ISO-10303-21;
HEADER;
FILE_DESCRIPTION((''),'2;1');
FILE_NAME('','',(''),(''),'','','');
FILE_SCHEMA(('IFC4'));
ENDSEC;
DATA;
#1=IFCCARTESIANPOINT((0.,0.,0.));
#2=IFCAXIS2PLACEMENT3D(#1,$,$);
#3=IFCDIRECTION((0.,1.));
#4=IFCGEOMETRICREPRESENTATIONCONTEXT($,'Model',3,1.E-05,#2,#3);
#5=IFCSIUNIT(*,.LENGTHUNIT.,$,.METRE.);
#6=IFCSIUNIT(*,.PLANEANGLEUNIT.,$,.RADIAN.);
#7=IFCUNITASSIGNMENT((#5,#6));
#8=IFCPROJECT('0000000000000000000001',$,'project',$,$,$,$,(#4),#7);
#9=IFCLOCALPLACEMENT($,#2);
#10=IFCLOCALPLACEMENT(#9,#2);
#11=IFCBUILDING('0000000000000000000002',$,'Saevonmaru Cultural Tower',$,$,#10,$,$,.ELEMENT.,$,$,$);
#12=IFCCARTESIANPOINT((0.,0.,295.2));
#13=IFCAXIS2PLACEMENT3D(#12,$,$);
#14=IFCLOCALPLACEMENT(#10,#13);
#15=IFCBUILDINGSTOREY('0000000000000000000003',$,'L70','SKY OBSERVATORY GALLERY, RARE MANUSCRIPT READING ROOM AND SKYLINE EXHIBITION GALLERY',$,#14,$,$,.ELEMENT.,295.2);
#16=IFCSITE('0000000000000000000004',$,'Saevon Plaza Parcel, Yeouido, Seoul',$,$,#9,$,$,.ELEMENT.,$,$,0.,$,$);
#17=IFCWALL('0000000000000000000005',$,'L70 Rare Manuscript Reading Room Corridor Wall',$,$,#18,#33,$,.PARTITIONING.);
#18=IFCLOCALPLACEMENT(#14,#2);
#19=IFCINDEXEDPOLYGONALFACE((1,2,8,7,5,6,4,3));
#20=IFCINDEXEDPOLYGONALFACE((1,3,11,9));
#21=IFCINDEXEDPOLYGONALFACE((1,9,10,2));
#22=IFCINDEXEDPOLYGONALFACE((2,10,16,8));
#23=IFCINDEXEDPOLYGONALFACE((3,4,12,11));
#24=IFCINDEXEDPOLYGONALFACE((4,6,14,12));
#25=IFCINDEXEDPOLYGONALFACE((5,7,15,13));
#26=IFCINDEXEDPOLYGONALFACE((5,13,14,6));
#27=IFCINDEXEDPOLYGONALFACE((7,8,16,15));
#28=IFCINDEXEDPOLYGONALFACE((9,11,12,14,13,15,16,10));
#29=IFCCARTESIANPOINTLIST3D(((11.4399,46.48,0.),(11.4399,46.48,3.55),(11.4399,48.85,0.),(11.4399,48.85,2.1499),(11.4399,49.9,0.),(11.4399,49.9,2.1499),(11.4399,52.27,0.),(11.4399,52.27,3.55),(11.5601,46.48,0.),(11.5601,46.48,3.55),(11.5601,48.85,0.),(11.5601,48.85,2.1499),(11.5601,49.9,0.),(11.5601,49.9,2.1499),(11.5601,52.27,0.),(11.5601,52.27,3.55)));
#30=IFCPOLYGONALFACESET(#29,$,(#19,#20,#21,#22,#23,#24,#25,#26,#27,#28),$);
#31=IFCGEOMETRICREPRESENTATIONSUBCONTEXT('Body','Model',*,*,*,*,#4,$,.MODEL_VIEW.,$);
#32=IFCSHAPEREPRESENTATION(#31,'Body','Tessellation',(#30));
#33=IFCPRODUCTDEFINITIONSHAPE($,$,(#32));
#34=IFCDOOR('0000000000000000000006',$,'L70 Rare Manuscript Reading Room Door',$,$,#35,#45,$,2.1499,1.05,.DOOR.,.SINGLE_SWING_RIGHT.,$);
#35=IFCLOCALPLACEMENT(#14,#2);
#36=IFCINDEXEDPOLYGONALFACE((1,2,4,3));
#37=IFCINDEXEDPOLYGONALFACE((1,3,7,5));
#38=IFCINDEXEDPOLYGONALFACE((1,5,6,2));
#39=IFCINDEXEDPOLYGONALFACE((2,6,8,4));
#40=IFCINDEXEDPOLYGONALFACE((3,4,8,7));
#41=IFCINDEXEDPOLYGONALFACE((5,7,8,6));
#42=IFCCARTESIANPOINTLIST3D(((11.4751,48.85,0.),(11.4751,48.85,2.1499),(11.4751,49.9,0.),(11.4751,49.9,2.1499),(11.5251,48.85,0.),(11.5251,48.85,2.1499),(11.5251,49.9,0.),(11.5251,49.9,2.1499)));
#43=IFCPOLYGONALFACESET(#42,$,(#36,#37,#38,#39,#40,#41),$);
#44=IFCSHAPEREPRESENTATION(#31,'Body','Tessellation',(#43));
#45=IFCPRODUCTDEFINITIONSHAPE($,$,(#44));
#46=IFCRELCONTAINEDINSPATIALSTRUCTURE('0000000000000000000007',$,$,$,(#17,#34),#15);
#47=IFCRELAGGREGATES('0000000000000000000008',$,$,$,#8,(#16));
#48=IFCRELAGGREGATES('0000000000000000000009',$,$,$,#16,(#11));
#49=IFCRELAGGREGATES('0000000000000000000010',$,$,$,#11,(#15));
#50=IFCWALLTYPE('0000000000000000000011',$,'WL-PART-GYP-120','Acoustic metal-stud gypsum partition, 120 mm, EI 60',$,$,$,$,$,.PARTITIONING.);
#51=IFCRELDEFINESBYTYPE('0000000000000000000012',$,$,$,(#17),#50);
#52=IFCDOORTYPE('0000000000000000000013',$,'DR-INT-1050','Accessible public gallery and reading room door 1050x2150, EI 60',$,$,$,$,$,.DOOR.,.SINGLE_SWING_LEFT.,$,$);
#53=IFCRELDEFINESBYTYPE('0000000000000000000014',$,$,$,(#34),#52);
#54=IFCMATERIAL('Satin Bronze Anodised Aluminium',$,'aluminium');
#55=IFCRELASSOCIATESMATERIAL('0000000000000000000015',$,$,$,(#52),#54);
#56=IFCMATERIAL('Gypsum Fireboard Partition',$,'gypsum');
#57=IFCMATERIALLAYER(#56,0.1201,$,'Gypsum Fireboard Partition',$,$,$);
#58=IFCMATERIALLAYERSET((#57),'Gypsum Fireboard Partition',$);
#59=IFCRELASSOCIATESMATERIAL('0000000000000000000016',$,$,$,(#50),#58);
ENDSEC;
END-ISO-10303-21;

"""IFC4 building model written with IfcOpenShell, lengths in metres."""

from ifc_helpers import new_model, si_unit, direction, frame, frame_2d, origin, place, context, subcontext, project, spatial, rectangle, extrude, material, layer, layer_set, type_object, element, fill, save


model = new_model("IFC4")

# Units and contexts
model_context = context("Model", 3, precision=1e-05, world=origin(), true_north=direction((0.0, 1.0)))
body_context = subcontext(model_context, "Body", "Model", "MODEL_VIEW")
ifc_project = project(units=[si_unit("LENGTHUNIT", "METRE"), si_unit("PLANEANGLEUNIT", "RADIAN")], contexts=[model_context])

# Site, building, storey
site_placement = place(None, origin())
site = spatial("IfcSite", under=ifc_project, at=site_placement, Name="Saevon Plaza Parcel, Yeouido, Seoul", CompositionType="ELEMENT", RefElevation=0.0)
building_placement = place(site_placement, origin())
building = spatial("IfcBuilding", under=site, at=building_placement, Name="Saevonmaru Cultural Tower", CompositionType="ELEMENT")
storey_placement = place(building_placement, frame((0.0, 0.0, 295.2)))
storey = spatial("IfcBuildingStorey", under=building, at=storey_placement, Name="L70", Description="SKY OBSERVATORY GALLERY, RARE MANUSCRIPT READING ROOM AND SKYLINE EXHIBITION GALLERY", CompositionType="ELEMENT", Elevation=295.2)

# Shared definitions
ifc_material_1 = material(Name="Satin Bronze Anodised Aluminium", Category="aluminium")

# Shared definitions
ifc_material_2 = material(Name="Gypsum Fireboard Partition", Category="gypsum")
door_type = type_object("IfcDoorType", Name="DR-INT-1050", Description="Accessible public gallery and reading room door 1050x2150, EI 60", OperationType="SINGLE_SWING_LEFT", PredefinedType="DOOR", material=ifc_material_1)

# Shared definitions
ifc_layer_1 = layer(ifc_material_2, 0.1201, Name="Gypsum Fireboard Partition")
ifc_layer_set_1 = layer_set([ifc_layer_1], Name="Gypsum Fireboard Partition")
wall_type_1 = type_object("IfcWallType", Name="WL-PART-GYP-120", Description="Acoustic metal-stud gypsum partition, 120 mm, EI 60", PredefinedType="PARTITIONING", material=ifc_layer_set_1)

# Wall, opening, door
wall_1_placement = place(storey_placement, frame((11.5, 46.48, 0.0), z_axis=(0.0, 0.0, 1.0), x_axis=(0.0, 1.0, 0.0)))
wall_1 = element("IfcWall", 1, at=wall_1_placement, inside=storey, type_object=wall_type_1, Name="L70 Rare Manuscript Reading Room Corridor Wall", PredefinedType="PARTITIONING", context=body_context, shape_type="SweptSolid", body=[
    extrude(rectangle(XDim=5.79, YDim=0.1201, at=frame_2d((2.895, 0.0))), origin(), (0.0, 0.0, 1.0), 3.55),
])
opening_1_placement = place(wall_1_placement, frame((2.3701, 0.0, 0.0)))
opening_1 = element("IfcOpeningElement", 2, at=opening_1_placement, cuts=wall_1, PredefinedType="OPENING", context=body_context, shape_type="SweptSolid", body=[
    extrude(rectangle(XDim=1.05, YDim=2.1499, at=frame_2d((0.5249, 1.075))), frame((0.0, 0.0701, 0.0), z_axis=(0.0, -1.0, 0.0), x_axis=(1.0, 0.0, 0.0)), (0.0, 0.0, 1.0), 0.1401),
])
door_1_placement = place(opening_1_placement, origin())
door_1 = element("IfcDoor", 3, at=door_1_placement, inside=storey, type_object=door_type, Name="L70 Rare Manuscript Reading Room Door", OperationType="SINGLE_SWING_RIGHT", OverallHeight=2.1499, OverallWidth=1.05, PredefinedType="DOOR", context=body_context, shape_type="SweptSolid", body=[
    extrude(rectangle(XDim=1.05, YDim=2.1499, at=frame_2d((0.5249, 1.075))), frame((0.0, 0.0249, 0.0), z_axis=(0.0, -1.0, 0.0), x_axis=(1.0, 0.0, 0.0)), (0.0, 0.0, 1.0), 0.05),
])
fill(opening_1, door_1)

save(model, "model.ifc")
